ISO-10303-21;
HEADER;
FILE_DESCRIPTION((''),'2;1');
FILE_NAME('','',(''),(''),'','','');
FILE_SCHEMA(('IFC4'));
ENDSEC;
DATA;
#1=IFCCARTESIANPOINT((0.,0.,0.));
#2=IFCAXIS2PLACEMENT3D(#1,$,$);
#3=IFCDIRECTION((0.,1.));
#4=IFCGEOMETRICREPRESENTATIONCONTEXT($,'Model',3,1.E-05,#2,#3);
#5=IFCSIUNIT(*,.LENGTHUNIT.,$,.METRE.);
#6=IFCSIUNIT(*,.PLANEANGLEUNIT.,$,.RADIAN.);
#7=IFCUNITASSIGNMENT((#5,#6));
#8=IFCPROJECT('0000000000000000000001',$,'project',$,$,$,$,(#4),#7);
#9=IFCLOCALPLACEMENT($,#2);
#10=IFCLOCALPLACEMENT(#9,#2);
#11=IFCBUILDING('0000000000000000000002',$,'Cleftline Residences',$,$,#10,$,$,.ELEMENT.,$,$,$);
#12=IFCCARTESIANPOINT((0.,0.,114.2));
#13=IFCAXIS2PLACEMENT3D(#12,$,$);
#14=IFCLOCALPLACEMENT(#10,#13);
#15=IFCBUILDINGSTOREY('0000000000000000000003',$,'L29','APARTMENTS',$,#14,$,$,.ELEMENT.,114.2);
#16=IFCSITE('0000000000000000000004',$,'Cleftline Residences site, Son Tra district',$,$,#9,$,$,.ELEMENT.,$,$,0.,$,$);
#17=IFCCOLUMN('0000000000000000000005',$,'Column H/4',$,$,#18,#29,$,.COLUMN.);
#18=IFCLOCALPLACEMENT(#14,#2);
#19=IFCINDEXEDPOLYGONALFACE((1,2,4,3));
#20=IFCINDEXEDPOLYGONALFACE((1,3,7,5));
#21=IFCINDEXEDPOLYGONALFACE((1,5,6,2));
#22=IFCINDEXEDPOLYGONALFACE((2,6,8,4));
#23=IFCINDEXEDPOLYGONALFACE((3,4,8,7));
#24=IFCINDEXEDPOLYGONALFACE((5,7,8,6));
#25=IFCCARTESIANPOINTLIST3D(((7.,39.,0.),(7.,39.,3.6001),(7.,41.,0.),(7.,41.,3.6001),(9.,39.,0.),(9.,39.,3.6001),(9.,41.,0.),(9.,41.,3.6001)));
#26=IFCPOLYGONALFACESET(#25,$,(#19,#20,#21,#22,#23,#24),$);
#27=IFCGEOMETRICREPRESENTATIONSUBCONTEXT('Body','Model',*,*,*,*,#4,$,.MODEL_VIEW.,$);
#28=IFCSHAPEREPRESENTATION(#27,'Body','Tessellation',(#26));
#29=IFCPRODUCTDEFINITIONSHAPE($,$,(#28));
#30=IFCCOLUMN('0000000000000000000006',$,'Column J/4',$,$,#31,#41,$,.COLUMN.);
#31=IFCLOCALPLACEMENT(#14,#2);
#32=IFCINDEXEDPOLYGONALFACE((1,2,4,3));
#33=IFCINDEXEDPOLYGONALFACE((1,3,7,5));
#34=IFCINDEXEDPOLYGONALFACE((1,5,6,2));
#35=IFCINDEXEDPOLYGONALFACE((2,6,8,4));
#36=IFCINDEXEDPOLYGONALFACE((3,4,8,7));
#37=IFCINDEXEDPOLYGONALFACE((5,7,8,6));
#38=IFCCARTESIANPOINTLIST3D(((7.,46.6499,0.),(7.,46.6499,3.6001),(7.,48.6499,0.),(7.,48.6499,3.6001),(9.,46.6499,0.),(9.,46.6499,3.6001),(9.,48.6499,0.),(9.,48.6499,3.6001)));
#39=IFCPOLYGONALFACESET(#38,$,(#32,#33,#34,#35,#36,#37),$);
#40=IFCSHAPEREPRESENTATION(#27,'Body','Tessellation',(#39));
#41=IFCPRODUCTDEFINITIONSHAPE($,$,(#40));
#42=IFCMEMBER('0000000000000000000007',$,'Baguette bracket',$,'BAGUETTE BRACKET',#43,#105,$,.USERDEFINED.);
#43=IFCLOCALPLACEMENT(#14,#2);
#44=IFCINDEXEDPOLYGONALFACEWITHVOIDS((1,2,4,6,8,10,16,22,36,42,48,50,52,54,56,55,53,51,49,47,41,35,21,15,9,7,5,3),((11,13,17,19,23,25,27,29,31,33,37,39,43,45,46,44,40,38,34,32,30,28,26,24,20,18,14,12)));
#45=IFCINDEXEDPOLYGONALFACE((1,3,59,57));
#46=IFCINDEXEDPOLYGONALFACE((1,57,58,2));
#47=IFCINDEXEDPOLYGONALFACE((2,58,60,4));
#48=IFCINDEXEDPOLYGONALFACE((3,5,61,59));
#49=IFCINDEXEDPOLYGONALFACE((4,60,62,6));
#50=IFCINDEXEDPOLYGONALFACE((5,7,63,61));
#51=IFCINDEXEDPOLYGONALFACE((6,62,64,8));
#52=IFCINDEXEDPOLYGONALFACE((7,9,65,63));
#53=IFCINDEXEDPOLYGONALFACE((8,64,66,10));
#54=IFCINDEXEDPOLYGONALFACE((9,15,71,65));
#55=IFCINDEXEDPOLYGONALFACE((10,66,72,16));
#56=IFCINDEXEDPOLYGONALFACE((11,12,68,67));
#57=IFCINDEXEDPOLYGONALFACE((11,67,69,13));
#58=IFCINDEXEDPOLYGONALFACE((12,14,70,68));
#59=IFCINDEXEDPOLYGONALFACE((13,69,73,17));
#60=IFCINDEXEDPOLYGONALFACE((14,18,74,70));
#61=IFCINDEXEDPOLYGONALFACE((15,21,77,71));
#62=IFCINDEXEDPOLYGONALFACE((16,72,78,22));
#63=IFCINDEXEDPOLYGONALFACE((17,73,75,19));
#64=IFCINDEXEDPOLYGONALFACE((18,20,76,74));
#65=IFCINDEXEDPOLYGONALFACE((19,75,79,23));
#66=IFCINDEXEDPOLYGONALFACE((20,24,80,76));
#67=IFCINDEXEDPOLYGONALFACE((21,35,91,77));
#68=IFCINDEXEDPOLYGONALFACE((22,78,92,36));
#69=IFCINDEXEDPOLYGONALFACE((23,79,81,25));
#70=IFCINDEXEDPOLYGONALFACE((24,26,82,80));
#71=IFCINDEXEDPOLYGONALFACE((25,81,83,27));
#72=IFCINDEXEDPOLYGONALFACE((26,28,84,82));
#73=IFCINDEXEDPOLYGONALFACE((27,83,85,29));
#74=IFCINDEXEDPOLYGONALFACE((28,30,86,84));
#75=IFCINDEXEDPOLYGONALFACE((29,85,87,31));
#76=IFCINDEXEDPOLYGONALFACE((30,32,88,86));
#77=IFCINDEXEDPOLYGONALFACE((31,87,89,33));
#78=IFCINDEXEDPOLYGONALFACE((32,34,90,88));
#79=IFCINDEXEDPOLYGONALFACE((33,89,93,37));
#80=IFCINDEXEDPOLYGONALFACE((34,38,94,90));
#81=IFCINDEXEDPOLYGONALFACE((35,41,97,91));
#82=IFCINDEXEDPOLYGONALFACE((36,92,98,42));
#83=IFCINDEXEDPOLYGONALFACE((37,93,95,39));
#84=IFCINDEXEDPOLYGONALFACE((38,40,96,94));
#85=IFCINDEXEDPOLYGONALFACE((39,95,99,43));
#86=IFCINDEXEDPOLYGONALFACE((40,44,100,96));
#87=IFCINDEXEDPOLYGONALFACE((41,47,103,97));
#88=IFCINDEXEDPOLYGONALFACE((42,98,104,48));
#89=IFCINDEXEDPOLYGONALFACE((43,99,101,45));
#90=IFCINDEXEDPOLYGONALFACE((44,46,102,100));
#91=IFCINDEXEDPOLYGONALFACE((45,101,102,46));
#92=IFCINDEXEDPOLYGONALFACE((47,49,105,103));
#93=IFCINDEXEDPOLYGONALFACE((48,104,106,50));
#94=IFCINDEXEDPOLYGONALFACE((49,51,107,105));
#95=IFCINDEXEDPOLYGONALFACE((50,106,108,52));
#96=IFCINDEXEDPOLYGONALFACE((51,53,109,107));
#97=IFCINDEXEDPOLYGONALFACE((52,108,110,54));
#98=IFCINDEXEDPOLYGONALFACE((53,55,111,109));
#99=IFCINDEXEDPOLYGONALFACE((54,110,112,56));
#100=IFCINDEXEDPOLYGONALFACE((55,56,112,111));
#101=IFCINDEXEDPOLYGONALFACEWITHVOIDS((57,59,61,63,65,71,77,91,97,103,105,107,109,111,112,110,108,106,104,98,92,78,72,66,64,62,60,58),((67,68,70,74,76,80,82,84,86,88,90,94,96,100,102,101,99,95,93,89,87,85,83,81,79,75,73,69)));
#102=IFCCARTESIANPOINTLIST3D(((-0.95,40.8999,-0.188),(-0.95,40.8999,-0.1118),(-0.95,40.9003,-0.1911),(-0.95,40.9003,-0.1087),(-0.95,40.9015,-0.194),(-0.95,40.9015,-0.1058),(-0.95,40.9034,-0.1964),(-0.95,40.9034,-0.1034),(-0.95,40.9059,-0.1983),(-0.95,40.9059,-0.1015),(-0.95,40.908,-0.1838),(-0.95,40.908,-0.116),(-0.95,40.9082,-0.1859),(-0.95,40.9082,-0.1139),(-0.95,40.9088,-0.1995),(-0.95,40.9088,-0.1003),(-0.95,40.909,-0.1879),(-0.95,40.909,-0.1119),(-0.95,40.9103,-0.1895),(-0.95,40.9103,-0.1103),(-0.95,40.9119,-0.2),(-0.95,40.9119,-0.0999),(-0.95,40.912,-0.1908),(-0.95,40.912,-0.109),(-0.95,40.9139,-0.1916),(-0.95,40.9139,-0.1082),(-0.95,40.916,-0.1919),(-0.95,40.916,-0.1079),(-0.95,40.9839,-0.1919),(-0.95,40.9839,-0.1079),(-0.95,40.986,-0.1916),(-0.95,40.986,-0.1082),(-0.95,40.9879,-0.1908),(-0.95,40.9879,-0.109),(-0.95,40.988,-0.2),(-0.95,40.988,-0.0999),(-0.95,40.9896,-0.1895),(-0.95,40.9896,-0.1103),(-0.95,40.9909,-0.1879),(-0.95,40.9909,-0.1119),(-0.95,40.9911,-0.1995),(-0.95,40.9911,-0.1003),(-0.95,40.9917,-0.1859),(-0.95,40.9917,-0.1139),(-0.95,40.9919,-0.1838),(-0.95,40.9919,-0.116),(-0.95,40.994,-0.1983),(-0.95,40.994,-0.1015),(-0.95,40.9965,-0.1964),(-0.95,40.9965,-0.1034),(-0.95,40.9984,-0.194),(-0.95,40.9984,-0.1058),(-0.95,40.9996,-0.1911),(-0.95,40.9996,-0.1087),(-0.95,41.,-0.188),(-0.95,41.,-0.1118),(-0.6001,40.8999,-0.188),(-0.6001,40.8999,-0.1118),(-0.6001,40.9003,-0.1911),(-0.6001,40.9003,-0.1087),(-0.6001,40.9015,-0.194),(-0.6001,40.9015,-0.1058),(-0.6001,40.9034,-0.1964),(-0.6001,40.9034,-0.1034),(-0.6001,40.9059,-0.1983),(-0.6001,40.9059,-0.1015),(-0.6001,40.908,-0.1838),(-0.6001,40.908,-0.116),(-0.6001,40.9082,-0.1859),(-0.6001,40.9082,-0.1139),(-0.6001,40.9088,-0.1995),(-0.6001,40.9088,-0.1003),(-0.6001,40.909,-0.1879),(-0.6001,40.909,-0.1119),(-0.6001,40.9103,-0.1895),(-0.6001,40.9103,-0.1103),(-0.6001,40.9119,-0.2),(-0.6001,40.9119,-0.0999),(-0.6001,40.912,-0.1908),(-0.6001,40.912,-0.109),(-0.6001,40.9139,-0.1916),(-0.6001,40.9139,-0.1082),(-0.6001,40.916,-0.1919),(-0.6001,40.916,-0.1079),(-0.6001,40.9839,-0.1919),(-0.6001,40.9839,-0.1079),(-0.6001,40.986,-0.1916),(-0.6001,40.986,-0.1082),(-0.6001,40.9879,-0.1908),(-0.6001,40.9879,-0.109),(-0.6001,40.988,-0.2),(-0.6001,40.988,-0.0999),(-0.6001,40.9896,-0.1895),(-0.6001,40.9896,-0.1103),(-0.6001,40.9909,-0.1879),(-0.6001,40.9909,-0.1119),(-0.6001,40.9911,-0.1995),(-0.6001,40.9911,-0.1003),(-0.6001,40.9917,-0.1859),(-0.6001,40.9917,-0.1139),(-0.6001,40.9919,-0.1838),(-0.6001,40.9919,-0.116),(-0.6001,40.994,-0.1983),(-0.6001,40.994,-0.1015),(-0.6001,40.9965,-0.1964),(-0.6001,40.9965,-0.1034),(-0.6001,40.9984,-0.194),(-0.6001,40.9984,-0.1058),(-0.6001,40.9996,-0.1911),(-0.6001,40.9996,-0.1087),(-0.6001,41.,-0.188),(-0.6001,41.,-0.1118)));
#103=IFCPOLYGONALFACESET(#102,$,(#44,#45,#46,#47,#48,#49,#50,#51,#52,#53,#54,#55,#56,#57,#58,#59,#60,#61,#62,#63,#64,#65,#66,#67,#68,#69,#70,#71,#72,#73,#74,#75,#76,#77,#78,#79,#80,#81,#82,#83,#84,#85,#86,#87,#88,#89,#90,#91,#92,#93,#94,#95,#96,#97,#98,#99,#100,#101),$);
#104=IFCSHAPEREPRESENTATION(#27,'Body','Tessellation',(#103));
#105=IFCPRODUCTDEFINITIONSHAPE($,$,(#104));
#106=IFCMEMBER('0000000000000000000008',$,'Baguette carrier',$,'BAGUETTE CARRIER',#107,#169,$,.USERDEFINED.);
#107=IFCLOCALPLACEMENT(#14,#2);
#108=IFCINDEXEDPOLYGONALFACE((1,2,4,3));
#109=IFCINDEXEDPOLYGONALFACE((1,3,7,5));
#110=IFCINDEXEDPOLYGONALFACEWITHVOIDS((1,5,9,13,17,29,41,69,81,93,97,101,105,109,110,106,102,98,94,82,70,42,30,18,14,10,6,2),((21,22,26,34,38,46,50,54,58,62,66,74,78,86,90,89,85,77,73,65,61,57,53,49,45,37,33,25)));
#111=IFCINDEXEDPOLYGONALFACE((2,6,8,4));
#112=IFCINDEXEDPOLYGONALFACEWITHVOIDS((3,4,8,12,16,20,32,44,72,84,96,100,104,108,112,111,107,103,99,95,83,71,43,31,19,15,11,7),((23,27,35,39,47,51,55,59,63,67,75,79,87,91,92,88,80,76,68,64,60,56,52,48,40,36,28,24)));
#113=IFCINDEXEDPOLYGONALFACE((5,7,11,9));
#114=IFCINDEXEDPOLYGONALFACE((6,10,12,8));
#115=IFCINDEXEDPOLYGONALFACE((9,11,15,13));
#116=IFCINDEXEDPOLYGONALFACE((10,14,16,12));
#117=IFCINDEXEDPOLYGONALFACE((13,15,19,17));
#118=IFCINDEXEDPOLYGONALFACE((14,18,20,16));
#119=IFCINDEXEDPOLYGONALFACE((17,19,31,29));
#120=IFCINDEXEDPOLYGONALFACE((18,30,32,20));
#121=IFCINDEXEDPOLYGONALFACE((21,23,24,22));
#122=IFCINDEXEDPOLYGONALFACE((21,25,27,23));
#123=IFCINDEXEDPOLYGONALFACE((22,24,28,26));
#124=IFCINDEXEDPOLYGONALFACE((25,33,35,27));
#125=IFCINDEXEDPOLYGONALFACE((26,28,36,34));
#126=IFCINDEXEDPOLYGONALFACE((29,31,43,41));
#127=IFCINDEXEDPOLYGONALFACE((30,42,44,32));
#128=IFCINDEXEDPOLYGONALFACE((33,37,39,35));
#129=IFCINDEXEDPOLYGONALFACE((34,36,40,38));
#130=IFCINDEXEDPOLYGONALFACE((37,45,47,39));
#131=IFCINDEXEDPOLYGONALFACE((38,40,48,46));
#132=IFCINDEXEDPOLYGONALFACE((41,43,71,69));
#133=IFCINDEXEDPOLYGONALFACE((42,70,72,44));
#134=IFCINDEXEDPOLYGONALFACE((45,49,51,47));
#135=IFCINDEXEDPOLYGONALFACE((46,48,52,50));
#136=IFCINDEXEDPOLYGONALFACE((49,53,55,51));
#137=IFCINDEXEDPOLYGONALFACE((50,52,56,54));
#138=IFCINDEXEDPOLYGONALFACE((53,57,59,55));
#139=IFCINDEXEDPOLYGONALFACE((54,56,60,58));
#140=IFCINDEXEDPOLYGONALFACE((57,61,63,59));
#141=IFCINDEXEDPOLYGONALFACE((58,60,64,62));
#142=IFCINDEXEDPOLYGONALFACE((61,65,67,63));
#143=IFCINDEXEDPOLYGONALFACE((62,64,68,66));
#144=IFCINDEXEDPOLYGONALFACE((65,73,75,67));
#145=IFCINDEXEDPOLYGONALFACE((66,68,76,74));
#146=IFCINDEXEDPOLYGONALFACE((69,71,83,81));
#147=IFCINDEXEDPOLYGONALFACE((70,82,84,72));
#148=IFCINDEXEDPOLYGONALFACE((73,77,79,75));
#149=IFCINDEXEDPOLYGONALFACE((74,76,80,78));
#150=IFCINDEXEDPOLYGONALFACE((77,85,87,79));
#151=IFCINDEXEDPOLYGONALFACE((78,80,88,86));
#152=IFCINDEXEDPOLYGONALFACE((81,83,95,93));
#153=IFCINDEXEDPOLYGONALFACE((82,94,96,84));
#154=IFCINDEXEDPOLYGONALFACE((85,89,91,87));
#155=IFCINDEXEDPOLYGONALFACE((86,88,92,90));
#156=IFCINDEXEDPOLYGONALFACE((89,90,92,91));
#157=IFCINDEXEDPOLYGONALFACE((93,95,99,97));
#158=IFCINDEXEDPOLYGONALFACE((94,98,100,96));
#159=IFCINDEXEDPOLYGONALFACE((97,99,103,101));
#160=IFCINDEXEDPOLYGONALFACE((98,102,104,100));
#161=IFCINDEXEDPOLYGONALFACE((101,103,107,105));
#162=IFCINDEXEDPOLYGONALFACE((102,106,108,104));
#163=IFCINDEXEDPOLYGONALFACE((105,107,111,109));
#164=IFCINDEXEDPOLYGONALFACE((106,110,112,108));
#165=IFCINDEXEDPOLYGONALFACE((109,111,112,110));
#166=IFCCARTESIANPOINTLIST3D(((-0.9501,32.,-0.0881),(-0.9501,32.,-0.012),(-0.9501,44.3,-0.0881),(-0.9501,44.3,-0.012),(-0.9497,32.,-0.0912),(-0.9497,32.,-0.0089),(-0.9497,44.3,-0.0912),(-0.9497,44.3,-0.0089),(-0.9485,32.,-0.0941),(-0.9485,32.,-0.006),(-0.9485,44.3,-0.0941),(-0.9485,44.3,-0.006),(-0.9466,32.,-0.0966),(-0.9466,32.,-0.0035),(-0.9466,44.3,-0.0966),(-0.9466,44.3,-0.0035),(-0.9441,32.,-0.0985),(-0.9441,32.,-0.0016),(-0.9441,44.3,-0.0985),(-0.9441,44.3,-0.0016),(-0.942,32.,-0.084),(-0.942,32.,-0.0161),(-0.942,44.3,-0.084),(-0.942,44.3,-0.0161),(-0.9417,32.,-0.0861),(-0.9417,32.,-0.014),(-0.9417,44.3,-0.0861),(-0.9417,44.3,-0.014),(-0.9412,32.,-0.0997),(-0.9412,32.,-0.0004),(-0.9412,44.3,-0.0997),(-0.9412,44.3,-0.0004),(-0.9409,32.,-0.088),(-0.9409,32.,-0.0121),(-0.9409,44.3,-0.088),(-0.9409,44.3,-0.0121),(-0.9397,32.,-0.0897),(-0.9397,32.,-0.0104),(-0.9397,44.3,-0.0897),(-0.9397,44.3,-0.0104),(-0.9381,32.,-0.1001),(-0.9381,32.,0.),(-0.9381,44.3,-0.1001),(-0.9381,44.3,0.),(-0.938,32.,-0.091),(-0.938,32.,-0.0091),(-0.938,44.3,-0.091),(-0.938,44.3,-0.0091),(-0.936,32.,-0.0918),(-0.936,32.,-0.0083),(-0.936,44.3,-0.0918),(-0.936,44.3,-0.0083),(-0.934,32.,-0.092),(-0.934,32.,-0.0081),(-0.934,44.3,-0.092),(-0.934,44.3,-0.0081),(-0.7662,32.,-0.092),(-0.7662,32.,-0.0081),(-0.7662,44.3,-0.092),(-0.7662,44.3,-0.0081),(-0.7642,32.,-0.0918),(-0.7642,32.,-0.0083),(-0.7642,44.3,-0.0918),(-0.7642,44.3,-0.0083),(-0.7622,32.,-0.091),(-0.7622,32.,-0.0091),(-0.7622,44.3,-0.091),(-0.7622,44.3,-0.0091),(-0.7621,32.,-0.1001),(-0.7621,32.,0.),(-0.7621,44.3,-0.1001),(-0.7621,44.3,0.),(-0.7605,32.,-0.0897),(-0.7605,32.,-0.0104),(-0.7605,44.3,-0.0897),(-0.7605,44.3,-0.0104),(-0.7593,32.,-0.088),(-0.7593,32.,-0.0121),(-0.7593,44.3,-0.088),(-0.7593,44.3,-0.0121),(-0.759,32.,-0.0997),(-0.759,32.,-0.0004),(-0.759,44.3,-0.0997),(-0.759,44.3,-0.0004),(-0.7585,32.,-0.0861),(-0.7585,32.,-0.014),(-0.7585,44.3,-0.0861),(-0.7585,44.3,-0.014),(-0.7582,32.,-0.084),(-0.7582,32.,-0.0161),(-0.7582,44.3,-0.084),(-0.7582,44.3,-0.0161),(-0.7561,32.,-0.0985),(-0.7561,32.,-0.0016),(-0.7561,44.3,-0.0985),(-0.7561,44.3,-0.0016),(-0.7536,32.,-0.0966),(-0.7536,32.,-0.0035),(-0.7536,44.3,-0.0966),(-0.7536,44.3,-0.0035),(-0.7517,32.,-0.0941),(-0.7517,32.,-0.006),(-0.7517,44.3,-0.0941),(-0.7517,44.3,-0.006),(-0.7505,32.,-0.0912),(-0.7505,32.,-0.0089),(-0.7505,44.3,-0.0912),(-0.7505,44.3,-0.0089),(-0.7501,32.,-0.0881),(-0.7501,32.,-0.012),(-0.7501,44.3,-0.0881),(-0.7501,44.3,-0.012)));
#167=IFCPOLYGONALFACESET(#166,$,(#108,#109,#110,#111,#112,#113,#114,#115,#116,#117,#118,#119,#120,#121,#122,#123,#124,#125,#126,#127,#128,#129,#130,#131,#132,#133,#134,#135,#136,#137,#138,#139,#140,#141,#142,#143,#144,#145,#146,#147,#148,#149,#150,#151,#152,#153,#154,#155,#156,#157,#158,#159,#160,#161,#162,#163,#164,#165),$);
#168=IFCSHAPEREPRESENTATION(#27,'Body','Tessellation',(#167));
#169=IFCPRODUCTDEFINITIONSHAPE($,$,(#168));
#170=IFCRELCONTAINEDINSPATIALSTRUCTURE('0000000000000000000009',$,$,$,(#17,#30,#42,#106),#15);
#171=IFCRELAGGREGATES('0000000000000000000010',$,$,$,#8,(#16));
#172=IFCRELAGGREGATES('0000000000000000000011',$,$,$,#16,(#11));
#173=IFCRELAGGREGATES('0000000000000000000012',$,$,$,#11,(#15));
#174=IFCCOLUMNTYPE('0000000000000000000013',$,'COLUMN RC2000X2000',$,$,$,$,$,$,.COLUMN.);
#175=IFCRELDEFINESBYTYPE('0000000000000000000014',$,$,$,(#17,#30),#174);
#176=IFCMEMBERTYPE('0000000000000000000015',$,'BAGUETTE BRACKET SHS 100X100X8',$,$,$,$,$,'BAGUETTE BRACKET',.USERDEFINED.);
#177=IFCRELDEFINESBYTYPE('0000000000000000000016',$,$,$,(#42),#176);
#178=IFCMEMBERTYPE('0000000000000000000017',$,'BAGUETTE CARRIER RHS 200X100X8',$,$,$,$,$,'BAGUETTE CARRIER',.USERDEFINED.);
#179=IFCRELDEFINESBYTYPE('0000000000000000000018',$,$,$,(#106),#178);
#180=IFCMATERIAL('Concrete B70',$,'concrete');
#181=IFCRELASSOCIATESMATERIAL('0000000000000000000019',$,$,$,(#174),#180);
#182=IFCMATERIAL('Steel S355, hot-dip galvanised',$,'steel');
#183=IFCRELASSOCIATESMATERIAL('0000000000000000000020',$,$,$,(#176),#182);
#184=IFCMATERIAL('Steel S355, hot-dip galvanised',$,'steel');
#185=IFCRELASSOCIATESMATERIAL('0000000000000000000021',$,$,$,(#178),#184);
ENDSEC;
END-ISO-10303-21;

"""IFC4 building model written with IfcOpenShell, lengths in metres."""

from ifc_helpers import new_model, si_unit, direction, frame, origin, origin_2d, place, context, subcontext, project, spatial, rectangle, hollow_rectangle, extrude, material, material_profile, profile_set, type_object, element, save


model = new_model("IFC4")

# Units and contexts
model_context = context("Model", 3, precision=1e-05, world=origin(), true_north=direction((0.0, 1.0)))
body_context = subcontext(model_context, "Body", "Model", "MODEL_VIEW")
ifc_project = project(units=[si_unit("LENGTHUNIT", "METRE"), si_unit("PLANEANGLEUNIT", "RADIAN")], contexts=[model_context])

# Site, building, storey
site_placement = place(None, origin())
site = spatial("IfcSite", under=ifc_project, at=site_placement, Name="Cleftline Residences site, Son Tra district", CompositionType="ELEMENT", RefElevation=0.0)
building_placement = place(site_placement, origin())
building = spatial("IfcBuilding", under=site, at=building_placement, Name="Cleftline Residences", CompositionType="ELEMENT")
storey_placement = place(building_placement, frame((0.0, 0.0, 114.2)))
storey = spatial("IfcBuildingStorey", under=building, at=storey_placement, Name="L29", Description="APARTMENTS", CompositionType="ELEMENT", Elevation=114.2)

# Columns
ifc_material_1 = material(Name="Concrete B70", Category="concrete")
ifc_material_profile_1 = material_profile(ifc_material_1, rectangle(XDim=2.0, YDim=2.0, at=origin_2d()))
ifc_profile_set_1 = profile_set([ifc_material_profile_1], Name="Concrete B70")
column_type = type_object("IfcColumnType", Name="COLUMN RC2000X2000", PredefinedType="COLUMN", material=ifc_profile_set_1)
for number, where, z_axis, x_axis, name in (
    (1, (8.0, 40.0, 0.0), (0.0, 0.0, 1.0), (1.0, 0.0, 0.0), "Column H/4"),
    (2, (8.0, 47.6499, 0.0), (0.0, 0.0, 1.0), (1.0, 0.0, 0.0), "Column J/4"),
):
    element("IfcColumn", number, at=place(storey_placement, frame(where, z_axis=z_axis, x_axis=x_axis)), inside=storey, type_object=column_type, Name=name, PredefinedType="COLUMN", context=body_context, shape_type="SweptSolid", body=[
        extrude(rectangle(XDim=2.0, YDim=2.0, at=origin_2d()), origin(), (0.0, 0.0, 1.0), 3.6001),
    ])

# Members
ifc_material_2 = material(Name="Steel S355, hot-dip galvanised", Category="steel")
ifc_material_profile_2 = material_profile(ifc_material_2, hollow_rectangle(XDim=0.1001, YDim=0.1001, WallThickness=0.0081, InnerFilletRadius=0.0081, OuterFilletRadius=0.012, at=origin_2d()))
ifc_profile_set_2 = profile_set([ifc_material_profile_2], Name="Steel S355, hot-dip galvanised")
member_type_1 = type_object("IfcMemberType", Name="BAGUETTE BRACKET SHS 100X100X8", ElementType="BAGUETTE BRACKET", PredefinedType="USERDEFINED", material=ifc_profile_set_2)
member_1_placement = place(storey_placement, frame((-0.6001, 40.95, -0.1499), z_axis=(-1.0, 0.0, 0.0), x_axis=(0.0, -1.0, 0.0)))
element("IfcMember", 3, at=member_1_placement, inside=storey, type_object=member_type_1, Name="Baguette bracket", ObjectType="BAGUETTE BRACKET", PredefinedType="USERDEFINED", context=body_context, shape_type="SweptSolid", body=[
    extrude(hollow_rectangle(XDim=0.1001, YDim=0.1001, WallThickness=0.0081, InnerFilletRadius=0.0081, OuterFilletRadius=0.012, at=origin_2d()), origin(), (0.0, 0.0, 1.0), 0.3499),
])
ifc_material_3 = material(Name="Steel S355, hot-dip galvanised", Category="steel")
ifc_material_profile_3 = material_profile(ifc_material_3, hollow_rectangle(XDim=0.1001, YDim=0.2, WallThickness=0.0081, InnerFilletRadius=0.0081, OuterFilletRadius=0.012, at=origin_2d()))
ifc_profile_set_3 = profile_set([ifc_material_profile_3], Name="Steel S355, hot-dip galvanised")
member_type_2 = type_object("IfcMemberType", Name="BAGUETTE CARRIER RHS 200X100X8", ElementType="BAGUETTE CARRIER", PredefinedType="USERDEFINED", material=ifc_profile_set_3)
member_2_placement = place(storey_placement, frame((-0.8501, 44.3, -0.05), z_axis=(0.0, -1.0, 0.0), x_axis=(0.0, 0.0, 1.0)))
element("IfcMember", 4, at=member_2_placement, inside=storey, type_object=member_type_2, Name="Baguette carrier", ObjectType="BAGUETTE CARRIER", PredefinedType="USERDEFINED", context=body_context, shape_type="SweptSolid", body=[
    extrude(hollow_rectangle(XDim=0.1001, YDim=0.2, WallThickness=0.0081, InnerFilletRadius=0.0081, OuterFilletRadius=0.012, at=origin_2d()), origin(), (0.0, 0.0, 1.0), 12.3),
])

save(model, "model.ifc")
